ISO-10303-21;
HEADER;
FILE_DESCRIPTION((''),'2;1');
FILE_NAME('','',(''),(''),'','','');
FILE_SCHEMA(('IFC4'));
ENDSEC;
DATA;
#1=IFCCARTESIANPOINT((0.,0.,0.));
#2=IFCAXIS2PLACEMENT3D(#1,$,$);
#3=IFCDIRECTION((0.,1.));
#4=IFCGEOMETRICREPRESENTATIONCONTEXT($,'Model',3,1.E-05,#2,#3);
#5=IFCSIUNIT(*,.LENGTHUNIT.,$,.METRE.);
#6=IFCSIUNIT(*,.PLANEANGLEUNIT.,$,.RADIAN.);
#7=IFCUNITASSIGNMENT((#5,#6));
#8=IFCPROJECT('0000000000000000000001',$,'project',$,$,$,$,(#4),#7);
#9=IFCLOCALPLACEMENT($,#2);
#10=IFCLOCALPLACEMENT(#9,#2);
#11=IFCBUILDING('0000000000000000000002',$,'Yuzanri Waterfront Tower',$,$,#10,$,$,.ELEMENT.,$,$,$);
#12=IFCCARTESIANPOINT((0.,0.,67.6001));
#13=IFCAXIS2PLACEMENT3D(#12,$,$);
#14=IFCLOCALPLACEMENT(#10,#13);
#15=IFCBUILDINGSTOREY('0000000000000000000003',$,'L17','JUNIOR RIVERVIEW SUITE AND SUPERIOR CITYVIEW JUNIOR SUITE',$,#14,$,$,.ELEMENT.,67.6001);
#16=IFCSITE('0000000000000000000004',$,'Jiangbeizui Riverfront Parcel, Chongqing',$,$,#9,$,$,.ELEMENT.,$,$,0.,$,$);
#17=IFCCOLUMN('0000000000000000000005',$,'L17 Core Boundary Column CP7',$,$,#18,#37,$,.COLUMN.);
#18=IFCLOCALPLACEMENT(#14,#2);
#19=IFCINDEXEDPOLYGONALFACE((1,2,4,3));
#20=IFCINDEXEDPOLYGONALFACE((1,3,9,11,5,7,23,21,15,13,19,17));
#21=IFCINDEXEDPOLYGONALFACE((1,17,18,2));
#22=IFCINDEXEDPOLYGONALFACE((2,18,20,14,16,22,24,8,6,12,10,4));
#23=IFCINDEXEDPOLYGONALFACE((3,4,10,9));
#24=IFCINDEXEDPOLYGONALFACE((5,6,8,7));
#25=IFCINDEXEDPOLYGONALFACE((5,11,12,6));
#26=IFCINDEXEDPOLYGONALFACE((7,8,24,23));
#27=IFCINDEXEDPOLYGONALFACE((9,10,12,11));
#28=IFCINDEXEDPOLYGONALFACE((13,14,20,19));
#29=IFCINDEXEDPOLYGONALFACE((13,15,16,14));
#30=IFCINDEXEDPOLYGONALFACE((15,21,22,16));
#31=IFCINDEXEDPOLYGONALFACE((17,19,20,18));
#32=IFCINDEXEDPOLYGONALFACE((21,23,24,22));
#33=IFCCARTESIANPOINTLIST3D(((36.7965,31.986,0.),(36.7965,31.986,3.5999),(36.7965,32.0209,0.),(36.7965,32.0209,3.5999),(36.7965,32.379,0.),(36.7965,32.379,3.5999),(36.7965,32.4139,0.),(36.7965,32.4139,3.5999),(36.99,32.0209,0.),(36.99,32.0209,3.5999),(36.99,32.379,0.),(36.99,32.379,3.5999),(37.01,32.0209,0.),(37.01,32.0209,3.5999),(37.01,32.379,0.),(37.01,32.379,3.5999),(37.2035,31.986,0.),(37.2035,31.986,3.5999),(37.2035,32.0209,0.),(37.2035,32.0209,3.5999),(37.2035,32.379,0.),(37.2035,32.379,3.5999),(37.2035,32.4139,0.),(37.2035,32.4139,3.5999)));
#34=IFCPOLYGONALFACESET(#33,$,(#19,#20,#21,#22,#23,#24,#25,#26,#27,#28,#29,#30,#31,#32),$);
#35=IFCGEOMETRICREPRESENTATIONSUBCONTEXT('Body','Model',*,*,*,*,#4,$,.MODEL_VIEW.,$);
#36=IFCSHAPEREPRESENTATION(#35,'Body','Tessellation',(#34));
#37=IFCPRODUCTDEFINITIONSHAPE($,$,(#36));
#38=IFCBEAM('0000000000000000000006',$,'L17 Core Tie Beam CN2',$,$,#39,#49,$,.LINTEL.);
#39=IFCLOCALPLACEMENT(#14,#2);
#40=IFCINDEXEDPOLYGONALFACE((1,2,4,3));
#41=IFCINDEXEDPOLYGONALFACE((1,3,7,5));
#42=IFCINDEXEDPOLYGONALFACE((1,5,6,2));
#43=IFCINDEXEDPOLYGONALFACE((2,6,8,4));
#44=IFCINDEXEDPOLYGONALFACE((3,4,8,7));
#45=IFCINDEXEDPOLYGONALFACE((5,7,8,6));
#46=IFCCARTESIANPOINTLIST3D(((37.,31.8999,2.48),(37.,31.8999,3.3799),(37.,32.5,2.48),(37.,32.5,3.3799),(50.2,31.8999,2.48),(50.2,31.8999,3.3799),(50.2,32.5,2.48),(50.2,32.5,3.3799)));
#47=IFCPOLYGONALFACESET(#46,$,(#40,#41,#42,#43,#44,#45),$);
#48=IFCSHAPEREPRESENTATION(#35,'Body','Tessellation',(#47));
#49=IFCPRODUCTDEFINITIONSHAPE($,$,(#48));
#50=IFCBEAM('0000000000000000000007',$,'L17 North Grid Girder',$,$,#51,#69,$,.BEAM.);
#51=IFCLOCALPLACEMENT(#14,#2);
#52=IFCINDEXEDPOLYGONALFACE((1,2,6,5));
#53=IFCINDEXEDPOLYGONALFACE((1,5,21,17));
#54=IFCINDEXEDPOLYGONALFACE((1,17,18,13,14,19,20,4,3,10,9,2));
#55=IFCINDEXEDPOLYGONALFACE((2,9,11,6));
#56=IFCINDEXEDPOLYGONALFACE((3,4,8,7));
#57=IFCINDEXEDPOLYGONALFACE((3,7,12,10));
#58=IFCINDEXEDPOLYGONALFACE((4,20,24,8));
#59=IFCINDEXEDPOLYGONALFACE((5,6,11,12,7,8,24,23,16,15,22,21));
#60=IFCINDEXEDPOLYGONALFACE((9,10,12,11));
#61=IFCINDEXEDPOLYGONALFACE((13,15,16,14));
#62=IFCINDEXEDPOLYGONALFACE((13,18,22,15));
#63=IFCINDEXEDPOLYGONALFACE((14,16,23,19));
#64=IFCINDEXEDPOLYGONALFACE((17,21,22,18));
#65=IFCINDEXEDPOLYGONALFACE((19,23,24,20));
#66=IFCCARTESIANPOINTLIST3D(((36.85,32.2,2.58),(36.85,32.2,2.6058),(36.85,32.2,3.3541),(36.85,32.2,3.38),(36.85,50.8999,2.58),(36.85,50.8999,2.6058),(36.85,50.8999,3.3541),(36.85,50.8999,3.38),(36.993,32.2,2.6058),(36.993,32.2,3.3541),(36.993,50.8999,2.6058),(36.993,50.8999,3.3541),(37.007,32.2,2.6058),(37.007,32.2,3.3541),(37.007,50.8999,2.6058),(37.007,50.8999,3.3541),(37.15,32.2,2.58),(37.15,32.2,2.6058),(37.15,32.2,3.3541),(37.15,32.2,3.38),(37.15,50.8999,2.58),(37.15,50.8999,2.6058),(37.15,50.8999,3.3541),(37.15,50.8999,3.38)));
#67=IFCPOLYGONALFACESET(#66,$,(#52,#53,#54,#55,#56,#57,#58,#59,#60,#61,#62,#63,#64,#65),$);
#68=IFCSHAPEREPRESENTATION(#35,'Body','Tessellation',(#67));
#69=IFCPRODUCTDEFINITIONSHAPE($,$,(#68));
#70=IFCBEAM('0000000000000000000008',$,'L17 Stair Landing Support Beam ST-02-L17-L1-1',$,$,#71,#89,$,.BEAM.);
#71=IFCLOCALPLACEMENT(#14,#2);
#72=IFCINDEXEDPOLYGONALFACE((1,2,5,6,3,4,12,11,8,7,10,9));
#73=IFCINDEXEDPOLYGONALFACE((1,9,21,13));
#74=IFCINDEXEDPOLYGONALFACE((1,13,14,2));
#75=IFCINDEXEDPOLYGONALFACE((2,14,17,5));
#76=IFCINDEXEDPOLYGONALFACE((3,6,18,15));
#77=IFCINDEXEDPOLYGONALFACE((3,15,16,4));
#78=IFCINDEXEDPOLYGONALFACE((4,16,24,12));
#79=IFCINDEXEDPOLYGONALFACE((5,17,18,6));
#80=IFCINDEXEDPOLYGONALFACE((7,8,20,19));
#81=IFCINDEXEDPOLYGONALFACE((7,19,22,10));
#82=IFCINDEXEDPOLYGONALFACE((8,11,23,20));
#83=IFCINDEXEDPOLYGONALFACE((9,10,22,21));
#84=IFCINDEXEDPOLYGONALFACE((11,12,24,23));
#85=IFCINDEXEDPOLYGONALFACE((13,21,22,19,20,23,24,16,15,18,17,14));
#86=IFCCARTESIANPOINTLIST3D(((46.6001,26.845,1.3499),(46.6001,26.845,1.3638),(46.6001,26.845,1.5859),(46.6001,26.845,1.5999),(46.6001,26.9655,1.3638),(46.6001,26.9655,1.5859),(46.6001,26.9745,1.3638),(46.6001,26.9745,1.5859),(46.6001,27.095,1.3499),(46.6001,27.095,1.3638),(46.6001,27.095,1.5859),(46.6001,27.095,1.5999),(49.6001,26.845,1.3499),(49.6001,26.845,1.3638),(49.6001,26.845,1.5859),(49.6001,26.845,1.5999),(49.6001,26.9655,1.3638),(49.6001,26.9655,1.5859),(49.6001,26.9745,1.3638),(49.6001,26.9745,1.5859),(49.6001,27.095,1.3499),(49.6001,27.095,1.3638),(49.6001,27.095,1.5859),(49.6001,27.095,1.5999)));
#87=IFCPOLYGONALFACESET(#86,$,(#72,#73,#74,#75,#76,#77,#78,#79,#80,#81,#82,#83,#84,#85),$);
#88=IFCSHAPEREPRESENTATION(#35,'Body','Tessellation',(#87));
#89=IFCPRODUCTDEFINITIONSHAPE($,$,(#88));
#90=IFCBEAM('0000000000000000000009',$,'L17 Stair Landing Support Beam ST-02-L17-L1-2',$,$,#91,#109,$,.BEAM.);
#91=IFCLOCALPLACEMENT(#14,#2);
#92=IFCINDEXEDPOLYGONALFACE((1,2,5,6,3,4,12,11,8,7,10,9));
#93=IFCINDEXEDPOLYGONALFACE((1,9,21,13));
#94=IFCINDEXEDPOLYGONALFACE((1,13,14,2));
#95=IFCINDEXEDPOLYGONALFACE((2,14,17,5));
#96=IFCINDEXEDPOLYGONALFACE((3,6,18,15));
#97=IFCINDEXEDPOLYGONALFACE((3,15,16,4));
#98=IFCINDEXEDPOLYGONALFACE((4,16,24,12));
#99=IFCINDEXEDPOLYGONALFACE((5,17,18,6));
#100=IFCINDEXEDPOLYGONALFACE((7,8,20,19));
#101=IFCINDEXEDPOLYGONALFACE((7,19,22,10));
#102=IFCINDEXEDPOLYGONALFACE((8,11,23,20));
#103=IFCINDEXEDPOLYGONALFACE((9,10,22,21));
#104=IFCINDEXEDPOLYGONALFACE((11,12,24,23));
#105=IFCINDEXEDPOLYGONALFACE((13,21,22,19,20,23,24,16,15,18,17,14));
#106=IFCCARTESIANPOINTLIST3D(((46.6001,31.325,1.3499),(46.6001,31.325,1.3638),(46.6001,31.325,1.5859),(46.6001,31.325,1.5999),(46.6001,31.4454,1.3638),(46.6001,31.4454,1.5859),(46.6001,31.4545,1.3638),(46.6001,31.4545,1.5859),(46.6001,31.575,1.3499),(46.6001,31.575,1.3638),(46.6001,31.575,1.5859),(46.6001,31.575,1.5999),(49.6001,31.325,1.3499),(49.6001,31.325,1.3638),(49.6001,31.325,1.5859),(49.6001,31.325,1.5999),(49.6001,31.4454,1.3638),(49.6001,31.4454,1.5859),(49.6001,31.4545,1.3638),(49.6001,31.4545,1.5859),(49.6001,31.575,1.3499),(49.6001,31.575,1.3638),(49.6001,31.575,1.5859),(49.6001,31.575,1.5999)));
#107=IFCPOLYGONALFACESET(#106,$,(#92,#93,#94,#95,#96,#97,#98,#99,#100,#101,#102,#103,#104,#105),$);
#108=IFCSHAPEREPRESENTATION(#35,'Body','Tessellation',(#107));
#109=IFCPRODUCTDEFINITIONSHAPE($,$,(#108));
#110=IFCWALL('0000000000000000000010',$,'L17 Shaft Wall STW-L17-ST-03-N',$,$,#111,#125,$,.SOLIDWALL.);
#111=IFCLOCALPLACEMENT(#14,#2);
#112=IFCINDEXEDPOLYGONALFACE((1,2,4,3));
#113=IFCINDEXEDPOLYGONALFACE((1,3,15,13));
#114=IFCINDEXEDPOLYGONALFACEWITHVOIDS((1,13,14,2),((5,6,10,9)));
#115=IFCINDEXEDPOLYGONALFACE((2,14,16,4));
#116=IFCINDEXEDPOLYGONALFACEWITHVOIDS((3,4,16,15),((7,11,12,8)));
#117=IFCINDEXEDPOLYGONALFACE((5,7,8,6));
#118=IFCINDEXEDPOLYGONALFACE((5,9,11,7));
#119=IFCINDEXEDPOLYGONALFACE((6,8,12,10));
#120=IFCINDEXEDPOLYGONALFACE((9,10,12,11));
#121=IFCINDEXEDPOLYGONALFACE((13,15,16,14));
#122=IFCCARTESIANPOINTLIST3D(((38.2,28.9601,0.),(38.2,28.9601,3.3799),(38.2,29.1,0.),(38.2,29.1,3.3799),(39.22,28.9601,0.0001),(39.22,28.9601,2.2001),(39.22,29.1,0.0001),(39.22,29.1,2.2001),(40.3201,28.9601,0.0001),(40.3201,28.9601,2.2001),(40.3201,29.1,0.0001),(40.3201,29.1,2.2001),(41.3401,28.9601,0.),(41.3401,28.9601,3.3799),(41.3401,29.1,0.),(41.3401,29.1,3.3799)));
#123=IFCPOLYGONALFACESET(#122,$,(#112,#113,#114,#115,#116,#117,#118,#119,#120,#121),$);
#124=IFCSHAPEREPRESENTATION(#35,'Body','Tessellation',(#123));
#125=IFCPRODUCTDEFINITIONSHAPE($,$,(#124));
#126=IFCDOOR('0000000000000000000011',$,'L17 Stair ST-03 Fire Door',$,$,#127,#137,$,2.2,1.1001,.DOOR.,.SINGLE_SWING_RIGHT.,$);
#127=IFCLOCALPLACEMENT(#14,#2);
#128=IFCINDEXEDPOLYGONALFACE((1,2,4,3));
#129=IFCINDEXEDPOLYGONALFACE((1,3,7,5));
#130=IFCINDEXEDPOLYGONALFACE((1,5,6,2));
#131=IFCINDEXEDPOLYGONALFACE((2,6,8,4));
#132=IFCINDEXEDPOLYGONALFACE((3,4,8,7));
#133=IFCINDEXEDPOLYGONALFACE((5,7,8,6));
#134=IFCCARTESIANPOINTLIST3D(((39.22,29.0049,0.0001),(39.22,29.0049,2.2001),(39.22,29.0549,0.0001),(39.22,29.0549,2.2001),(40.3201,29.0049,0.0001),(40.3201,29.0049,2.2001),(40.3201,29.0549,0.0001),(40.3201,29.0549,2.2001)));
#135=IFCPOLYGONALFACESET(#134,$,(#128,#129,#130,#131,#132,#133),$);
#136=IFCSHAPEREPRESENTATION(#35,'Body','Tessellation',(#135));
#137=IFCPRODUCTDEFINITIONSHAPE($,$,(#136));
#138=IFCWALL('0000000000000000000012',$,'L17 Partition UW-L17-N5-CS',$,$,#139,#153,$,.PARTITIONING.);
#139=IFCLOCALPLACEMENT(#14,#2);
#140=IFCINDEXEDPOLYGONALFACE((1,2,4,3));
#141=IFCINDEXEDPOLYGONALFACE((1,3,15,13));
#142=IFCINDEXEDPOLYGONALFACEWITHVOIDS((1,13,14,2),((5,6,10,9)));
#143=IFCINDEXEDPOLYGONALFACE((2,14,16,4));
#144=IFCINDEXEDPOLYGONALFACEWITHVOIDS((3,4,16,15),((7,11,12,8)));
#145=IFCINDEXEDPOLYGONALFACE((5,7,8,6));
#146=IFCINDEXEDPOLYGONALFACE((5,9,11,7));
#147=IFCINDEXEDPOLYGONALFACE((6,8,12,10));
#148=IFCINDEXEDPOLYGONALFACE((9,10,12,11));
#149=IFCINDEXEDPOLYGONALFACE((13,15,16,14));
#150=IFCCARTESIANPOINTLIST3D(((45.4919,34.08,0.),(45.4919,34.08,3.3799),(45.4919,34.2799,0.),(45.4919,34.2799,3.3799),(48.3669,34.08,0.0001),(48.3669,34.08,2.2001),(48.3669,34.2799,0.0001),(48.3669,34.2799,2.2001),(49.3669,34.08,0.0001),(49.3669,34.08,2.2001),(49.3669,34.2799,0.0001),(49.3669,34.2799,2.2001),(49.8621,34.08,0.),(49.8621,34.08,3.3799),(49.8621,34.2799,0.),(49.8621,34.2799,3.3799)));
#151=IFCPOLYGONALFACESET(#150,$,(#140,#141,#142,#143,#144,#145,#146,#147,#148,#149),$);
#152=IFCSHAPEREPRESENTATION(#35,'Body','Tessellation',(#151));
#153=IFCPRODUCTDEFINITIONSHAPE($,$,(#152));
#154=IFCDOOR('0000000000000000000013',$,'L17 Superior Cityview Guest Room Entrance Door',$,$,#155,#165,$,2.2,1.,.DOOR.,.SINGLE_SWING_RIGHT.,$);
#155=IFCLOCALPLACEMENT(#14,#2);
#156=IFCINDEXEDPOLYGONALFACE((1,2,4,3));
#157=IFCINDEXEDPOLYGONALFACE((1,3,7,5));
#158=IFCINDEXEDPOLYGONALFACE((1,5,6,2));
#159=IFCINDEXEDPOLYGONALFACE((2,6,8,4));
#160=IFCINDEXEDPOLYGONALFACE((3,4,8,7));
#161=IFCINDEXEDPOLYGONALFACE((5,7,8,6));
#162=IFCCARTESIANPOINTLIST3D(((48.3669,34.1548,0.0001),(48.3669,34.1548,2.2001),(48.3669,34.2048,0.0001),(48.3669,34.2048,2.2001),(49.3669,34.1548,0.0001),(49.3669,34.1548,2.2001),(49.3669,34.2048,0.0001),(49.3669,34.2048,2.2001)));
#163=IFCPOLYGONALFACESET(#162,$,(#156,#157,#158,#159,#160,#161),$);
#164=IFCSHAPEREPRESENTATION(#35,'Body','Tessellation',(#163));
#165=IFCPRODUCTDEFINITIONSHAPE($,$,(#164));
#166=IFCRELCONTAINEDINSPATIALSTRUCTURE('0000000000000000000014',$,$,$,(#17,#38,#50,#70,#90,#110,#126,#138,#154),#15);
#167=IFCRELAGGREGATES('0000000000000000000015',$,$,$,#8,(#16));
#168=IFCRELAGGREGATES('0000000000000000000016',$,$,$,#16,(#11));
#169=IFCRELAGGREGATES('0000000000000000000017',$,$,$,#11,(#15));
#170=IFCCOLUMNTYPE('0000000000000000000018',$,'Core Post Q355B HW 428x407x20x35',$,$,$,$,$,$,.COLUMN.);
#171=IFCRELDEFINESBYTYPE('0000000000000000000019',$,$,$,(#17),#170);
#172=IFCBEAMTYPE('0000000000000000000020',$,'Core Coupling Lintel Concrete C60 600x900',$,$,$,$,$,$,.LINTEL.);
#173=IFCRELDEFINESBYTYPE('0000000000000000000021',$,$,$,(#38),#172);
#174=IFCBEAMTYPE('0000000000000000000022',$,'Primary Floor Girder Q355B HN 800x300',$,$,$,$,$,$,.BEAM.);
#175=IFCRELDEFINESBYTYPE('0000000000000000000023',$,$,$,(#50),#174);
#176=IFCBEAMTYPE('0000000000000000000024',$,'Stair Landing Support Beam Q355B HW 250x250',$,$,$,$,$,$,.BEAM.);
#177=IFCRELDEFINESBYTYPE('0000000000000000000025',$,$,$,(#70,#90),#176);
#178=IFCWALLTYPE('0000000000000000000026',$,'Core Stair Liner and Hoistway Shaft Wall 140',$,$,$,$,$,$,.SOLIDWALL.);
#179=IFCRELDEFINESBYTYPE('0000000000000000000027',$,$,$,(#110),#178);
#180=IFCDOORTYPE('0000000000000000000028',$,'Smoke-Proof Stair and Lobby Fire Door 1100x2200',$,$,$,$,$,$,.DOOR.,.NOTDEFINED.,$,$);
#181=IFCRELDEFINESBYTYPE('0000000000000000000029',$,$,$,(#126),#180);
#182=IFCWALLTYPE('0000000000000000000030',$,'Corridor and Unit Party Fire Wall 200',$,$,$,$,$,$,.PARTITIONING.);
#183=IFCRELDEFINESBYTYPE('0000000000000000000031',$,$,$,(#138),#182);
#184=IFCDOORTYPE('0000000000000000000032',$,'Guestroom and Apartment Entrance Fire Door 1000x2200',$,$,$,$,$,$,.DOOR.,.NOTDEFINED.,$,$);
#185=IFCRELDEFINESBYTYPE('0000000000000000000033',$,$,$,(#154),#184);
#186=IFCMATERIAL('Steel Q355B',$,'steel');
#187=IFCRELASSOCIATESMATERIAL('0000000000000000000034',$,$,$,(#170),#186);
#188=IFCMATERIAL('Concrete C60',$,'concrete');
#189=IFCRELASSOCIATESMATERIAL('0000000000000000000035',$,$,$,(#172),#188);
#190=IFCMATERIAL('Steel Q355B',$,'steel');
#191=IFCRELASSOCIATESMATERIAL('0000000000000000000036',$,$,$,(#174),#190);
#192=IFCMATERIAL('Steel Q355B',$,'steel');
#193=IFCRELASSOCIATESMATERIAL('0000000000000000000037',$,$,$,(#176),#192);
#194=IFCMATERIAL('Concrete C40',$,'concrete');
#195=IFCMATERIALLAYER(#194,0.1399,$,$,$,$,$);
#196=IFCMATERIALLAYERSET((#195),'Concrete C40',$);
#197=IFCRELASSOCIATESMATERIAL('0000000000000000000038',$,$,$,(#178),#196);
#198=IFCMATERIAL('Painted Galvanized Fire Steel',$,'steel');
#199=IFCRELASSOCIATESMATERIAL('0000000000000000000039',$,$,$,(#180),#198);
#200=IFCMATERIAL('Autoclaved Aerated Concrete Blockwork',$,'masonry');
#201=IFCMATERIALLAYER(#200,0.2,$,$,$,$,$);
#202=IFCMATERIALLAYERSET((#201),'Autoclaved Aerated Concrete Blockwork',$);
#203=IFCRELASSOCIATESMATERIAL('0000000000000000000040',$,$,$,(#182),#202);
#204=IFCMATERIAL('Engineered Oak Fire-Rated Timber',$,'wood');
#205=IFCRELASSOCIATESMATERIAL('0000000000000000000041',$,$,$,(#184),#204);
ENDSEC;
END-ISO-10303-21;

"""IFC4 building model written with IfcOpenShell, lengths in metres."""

from ifc_helpers import new_model, si_unit, direction, frame, frame_2d, origin, origin_2d, place, context, subcontext, project, spatial, rectangle, i_section, extrude, source, transform, mapped, material, layer, layer_set, material_profile, profile_set, type_object, element, fill, save


model = new_model("IFC4")

# Units and contexts
model_context = context("Model", 3, precision=1e-05, world=origin(), true_north=direction((0.0, 1.0)))
body_context = subcontext(model_context, "Body", "Model", "MODEL_VIEW")
ifc_project = project(units=[si_unit("LENGTHUNIT", "METRE"), si_unit("PLANEANGLEUNIT", "RADIAN")], contexts=[model_context])

# Site, building, storey
site_placement = place(None, origin())
site = spatial("IfcSite", under=ifc_project, at=site_placement, Name="Jiangbeizui Riverfront Parcel, Chongqing", CompositionType="ELEMENT", RefElevation=0.0)
building_placement = place(site_placement, origin())
building = spatial("IfcBuilding", under=site, at=building_placement, Name="Yuzanri Waterfront Tower", CompositionType="ELEMENT")
storey_placement = place(building_placement, frame((0.0, 0.0, 67.6001)))
storey = spatial("IfcBuildingStorey", under=building, at=storey_placement, Name="L17", Description="JUNIOR RIVERVIEW SUITE AND SUPERIOR CITYVIEW JUNIOR SUITE", CompositionType="ELEMENT", Elevation=67.6001)

# Column
ifc_material_1 = material(Name="Steel Q355B", Category="steel")
ifc_material_profile_1 = material_profile(ifc_material_1, i_section(OverallWidth=0.407, OverallDepth=0.428, WebThickness=0.02, FlangeThickness=0.0349, at=origin_2d()), Name="HW 428x407x20x35")
ifc_profile_set_1 = profile_set([ifc_material_profile_1], Name="Steel Q355B")
column_type = type_object("IfcColumnType", Name="Core Post Q355B HW 428x407x20x35", PredefinedType="COLUMN", material=ifc_profile_set_1)
shared_shape_1 = source(origin(), body_context, "Body", "SweptSolid", [
    extrude(i_section(OverallWidth=0.407, OverallDepth=0.428, WebThickness=0.02, FlangeThickness=0.0349, at=origin_2d()), origin(), (0.0, 0.0, 1.0), 3.5999),
])
column_placement = place(storey_placement, frame((37.0, 32.2, 0.0), z_axis=(0.0, 0.0, 1.0), x_axis=(1.0, 0.0, 0.0)))
element("IfcColumn", 1, at=column_placement, inside=storey, type_object=column_type, Name="L17 Core Boundary Column CP7", PredefinedType="COLUMN", context=body_context, shape_type="MappedRepresentation", body=[
    mapped(shared_shape_1, transform((0.0, 0.0, 0.0), scale=1.0)),
])

# Beams
ifc_material_2 = material(Name="Concrete C60", Category="concrete")
ifc_material_profile_2 = material_profile(ifc_material_2, rectangle(XDim=0.6001, YDim=0.8999, at=origin_2d()), Name="RC 600x900")
ifc_profile_set_2 = profile_set([ifc_material_profile_2], Name="Concrete C60")
beam_type_1 = type_object("IfcBeamType", Name="Core Coupling Lintel Concrete C60 600x900", PredefinedType="LINTEL", material=ifc_profile_set_2)
shared_shape_2 = source(origin(), body_context, "Body", "SweptSolid", [
    extrude(rectangle(XDim=0.6001, YDim=0.8999, at=origin_2d()), origin(), (0.0, 0.0, 1.0), 13.2),
])
beam_1_placement = place(storey_placement, frame((37.0, 32.2, 2.9299), z_axis=(1.0, 0.0, 0.0), x_axis=(0.0, 1.0, 0.0)))
element("IfcBeam", 2, at=beam_1_placement, inside=storey, type_object=beam_type_1, Name="L17 Core Tie Beam CN2", PredefinedType="LINTEL", context=body_context, shape_type="MappedRepresentation", body=[
    mapped(shared_shape_2, transform((0.0, 0.0, 0.0), scale=1.0)),
])
ifc_material_3 = material(Name="Steel Q355B", Category="steel")
ifc_material_profile_3 = material_profile(ifc_material_3, i_section(OverallWidth=0.3, OverallDepth=0.8, WebThickness=0.0139, FlangeThickness=0.0259, at=origin_2d()), Name="HN 800x300x14x26")
ifc_profile_set_3 = profile_set([ifc_material_profile_3], Name="Steel Q355B")
beam_type_2 = type_object("IfcBeamType", Name="Primary Floor Girder Q355B HN 800x300", PredefinedType="BEAM", material=ifc_profile_set_3)
shared_shape_3 = source(origin(), body_context, "Body", "SweptSolid", [
    extrude(i_section(OverallWidth=0.3, OverallDepth=0.8, WebThickness=0.0139, FlangeThickness=0.0259, at=origin_2d()), origin(), (0.0, 0.0, 1.0), 18.7),
])
beam_2_placement = place(storey_placement, frame((37.0, 32.2, 2.98), z_axis=(0.0, 1.0, 0.0), x_axis=(-1.0, 0.0, 0.0)))
element("IfcBeam", 3, at=beam_2_placement, inside=storey, type_object=beam_type_2, Name="L17 North Grid Girder", PredefinedType="BEAM", context=body_context, shape_type="MappedRepresentation", body=[
    mapped(shared_shape_3, transform((0.0, 0.0, 0.0), scale=1.0)),
])
ifc_material_4 = material(Name="Steel Q355B", Category="steel")
ifc_material_profile_4 = material_profile(ifc_material_4, i_section(OverallWidth=0.25, OverallDepth=0.25, WebThickness=0.009, FlangeThickness=0.0139, at=origin_2d()), Name="HW 250x250x9x14")
ifc_profile_set_4 = profile_set([ifc_material_profile_4], Name="Steel Q355B")
beam_type_3 = type_object("IfcBeamType", Name="Stair Landing Support Beam Q355B HW 250x250", PredefinedType="BEAM", material=ifc_profile_set_4)
shared_shape_4 = source(origin(), body_context, "Body", "SweptSolid", [
    extrude(i_section(OverallWidth=0.25, OverallDepth=0.25, WebThickness=0.009, FlangeThickness=0.0139, at=origin_2d()), origin(), (0.0, 0.0, 1.0), 3.0),
])
for number, where, z_axis, x_axis, name in (
    (4, (46.6001, 26.97, 1.4749), (1.0, 0.0, 0.0), (0.0, 1.0, 0.0), "L17 Stair Landing Support Beam ST-02-L17-L1-1"),
    (5, (46.6001, 31.45, 1.4749), (1.0, 0.0, 0.0), (0.0, 1.0, 0.0), "L17 Stair Landing Support Beam ST-02-L17-L1-2"),
):
    element("IfcBeam", number, at=place(storey_placement, frame(where, z_axis=z_axis, x_axis=x_axis)), inside=storey, type_object=beam_type_3, Name=name, PredefinedType="BEAM", context=body_context, shape_type="MappedRepresentation", body=[
        mapped(shared_shape_4, transform((0.0, 0.0, 0.0), scale=1.0)),
    ])

# Walls, openings, doors
ifc_material_5 = material(Name="Concrete C40", Category="concrete")
ifc_layer_1 = layer(ifc_material_5, 0.1399)
ifc_layer_set_1 = layer_set([ifc_layer_1], Name="Concrete C40")
wall_type_1 = type_object("IfcWallType", Name="Core Stair Liner and Hoistway Shaft Wall 140", PredefinedType="SOLIDWALL", material=ifc_layer_set_1)
wall_1_placement = place(storey_placement, frame((38.2, 29.03, 0.0), z_axis=(0.0, 0.0, 1.0), x_axis=(1.0, 0.0, 0.0)))
wall_1 = element("IfcWall", 6, at=wall_1_placement, inside=storey, type_object=wall_type_1, Name="L17 Shaft Wall STW-L17-ST-03-N", PredefinedType="SOLIDWALL", context=body_context, shape_type="SweptSolid", body=[
    extrude(rectangle(XDim=3.1401, YDim=0.1399, at=frame_2d((1.5701, 0.0))), origin(), (0.0, 0.0, 1.0), 3.3799),
])
opening_1_placement = place(wall_1_placement, frame((1.02, 0.0, 0.0)))
opening_1 = element("IfcOpeningElement", 7, at=opening_1_placement, cuts=wall_1, PredefinedType="OPENING", context=body_context, shape_type="SweptSolid", body=[
    extrude(rectangle(XDim=1.1001, YDim=2.2, at=frame_2d((0.55, 1.1001))), frame((0.0, 0.085, 0.0), z_axis=(0.0, -1.0, 0.0), x_axis=(1.0, 0.0, 0.0)), (0.0, 0.0, 1.0), 0.1697),
])
ifc_material_6 = material(Name="Painted Galvanized Fire Steel", Category="steel")
door_type_1 = type_object("IfcDoorType", Name="Smoke-Proof Stair and Lobby Fire Door 1100x2200", OperationType="NOTDEFINED", PredefinedType="DOOR", material=ifc_material_6)
shared_shape_5 = source(origin(), body_context, "Body", "SweptSolid", [
    extrude(rectangle(XDim=1.1001, YDim=2.2, at=frame_2d((0.55, 1.1001))), frame((0.0, 0.0249, 0.0), z_axis=(0.0, -1.0, 0.0), x_axis=(1.0, 0.0, 0.0)), (0.0, 0.0, 1.0), 0.05),
])
door_1_placement = place(opening_1_placement, origin())
door_1 = element("IfcDoor", 8, at=door_1_placement, inside=storey, type_object=door_type_1, Name="L17 Stair ST-03 Fire Door", OperationType="SINGLE_SWING_RIGHT", OverallHeight=2.2, OverallWidth=1.1001, PredefinedType="DOOR", context=body_context, shape_type="MappedRepresentation", body=[
    mapped(shared_shape_5, transform((0.0, 0.0, 0.0), scale=1.0)),
])
fill(opening_1, door_1)
ifc_material_7 = material(Name="Autoclaved Aerated Concrete Blockwork", Category="masonry")
ifc_layer_2 = layer(ifc_material_7, 0.2)
ifc_layer_set_2 = layer_set([ifc_layer_2], Name="Autoclaved Aerated Concrete Blockwork")
wall_type_2 = type_object("IfcWallType", Name="Corridor and Unit Party Fire Wall 200", PredefinedType="PARTITIONING", material=ifc_layer_set_2)
wall_2_placement = place(storey_placement, frame((45.4919, 34.1799, 0.0), z_axis=(0.0, 0.0, 1.0), x_axis=(1.0, 0.0, 0.0)))
wall_2 = element("IfcWall", 9, at=wall_2_placement, inside=storey, type_object=wall_type_2, Name="L17 Partition UW-L17-N5-CS", PredefinedType="PARTITIONING", context=body_context, shape_type="SweptSolid", body=[
    extrude(rectangle(XDim=4.3701, YDim=0.2, at=frame_2d((2.1851, 0.0))), origin(), (0.0, 0.0, 1.0), 3.3799),
])
opening_2_placement = place(wall_2_placement, frame((2.875, 0.0, 0.0)))
opening_2 = element("IfcOpeningElement", 10, at=opening_2_placement, cuts=wall_2, PredefinedType="OPENING", context=body_context, shape_type="SweptSolid", body=[
    extrude(rectangle(XDim=1.0, YDim=2.2, at=frame_2d((0.5, 1.1001))), frame((0.0, 0.1147, 0.0), z_axis=(0.0, -1.0, 0.0), x_axis=(1.0, 0.0, 0.0)), (0.0, 0.0, 1.0), 0.2297),
])
ifc_material_8 = material(Name="Engineered Oak Fire-Rated Timber", Category="wood")
door_type_2 = type_object("IfcDoorType", Name="Guestroom and Apartment Entrance Fire Door 1000x2200", OperationType="NOTDEFINED", PredefinedType="DOOR", material=ifc_material_8)
shared_shape_6 = source(origin(), body_context, "Body", "SweptSolid", [
    extrude(rectangle(XDim=1.0, YDim=2.2, at=frame_2d((0.5, 1.1001))), frame((0.0, 0.0249, 0.0), z_axis=(0.0, -1.0, 0.0), x_axis=(1.0, 0.0, 0.0)), (0.0, 0.0, 1.0), 0.05),
])
door_2_placement = place(opening_2_placement, origin())
door_2 = element("IfcDoor", 11, at=door_2_placement, inside=storey, type_object=door_type_2, Name="L17 Superior Cityview Guest Room Entrance Door", OperationType="SINGLE_SWING_RIGHT", OverallHeight=2.2, OverallWidth=1.0, PredefinedType="DOOR", context=body_context, shape_type="MappedRepresentation", body=[
    mapped(shared_shape_6, transform((0.0, 0.0, 0.0), scale=1.0)),
])
fill(opening_2, door_2)

save(model, "model.ifc")
